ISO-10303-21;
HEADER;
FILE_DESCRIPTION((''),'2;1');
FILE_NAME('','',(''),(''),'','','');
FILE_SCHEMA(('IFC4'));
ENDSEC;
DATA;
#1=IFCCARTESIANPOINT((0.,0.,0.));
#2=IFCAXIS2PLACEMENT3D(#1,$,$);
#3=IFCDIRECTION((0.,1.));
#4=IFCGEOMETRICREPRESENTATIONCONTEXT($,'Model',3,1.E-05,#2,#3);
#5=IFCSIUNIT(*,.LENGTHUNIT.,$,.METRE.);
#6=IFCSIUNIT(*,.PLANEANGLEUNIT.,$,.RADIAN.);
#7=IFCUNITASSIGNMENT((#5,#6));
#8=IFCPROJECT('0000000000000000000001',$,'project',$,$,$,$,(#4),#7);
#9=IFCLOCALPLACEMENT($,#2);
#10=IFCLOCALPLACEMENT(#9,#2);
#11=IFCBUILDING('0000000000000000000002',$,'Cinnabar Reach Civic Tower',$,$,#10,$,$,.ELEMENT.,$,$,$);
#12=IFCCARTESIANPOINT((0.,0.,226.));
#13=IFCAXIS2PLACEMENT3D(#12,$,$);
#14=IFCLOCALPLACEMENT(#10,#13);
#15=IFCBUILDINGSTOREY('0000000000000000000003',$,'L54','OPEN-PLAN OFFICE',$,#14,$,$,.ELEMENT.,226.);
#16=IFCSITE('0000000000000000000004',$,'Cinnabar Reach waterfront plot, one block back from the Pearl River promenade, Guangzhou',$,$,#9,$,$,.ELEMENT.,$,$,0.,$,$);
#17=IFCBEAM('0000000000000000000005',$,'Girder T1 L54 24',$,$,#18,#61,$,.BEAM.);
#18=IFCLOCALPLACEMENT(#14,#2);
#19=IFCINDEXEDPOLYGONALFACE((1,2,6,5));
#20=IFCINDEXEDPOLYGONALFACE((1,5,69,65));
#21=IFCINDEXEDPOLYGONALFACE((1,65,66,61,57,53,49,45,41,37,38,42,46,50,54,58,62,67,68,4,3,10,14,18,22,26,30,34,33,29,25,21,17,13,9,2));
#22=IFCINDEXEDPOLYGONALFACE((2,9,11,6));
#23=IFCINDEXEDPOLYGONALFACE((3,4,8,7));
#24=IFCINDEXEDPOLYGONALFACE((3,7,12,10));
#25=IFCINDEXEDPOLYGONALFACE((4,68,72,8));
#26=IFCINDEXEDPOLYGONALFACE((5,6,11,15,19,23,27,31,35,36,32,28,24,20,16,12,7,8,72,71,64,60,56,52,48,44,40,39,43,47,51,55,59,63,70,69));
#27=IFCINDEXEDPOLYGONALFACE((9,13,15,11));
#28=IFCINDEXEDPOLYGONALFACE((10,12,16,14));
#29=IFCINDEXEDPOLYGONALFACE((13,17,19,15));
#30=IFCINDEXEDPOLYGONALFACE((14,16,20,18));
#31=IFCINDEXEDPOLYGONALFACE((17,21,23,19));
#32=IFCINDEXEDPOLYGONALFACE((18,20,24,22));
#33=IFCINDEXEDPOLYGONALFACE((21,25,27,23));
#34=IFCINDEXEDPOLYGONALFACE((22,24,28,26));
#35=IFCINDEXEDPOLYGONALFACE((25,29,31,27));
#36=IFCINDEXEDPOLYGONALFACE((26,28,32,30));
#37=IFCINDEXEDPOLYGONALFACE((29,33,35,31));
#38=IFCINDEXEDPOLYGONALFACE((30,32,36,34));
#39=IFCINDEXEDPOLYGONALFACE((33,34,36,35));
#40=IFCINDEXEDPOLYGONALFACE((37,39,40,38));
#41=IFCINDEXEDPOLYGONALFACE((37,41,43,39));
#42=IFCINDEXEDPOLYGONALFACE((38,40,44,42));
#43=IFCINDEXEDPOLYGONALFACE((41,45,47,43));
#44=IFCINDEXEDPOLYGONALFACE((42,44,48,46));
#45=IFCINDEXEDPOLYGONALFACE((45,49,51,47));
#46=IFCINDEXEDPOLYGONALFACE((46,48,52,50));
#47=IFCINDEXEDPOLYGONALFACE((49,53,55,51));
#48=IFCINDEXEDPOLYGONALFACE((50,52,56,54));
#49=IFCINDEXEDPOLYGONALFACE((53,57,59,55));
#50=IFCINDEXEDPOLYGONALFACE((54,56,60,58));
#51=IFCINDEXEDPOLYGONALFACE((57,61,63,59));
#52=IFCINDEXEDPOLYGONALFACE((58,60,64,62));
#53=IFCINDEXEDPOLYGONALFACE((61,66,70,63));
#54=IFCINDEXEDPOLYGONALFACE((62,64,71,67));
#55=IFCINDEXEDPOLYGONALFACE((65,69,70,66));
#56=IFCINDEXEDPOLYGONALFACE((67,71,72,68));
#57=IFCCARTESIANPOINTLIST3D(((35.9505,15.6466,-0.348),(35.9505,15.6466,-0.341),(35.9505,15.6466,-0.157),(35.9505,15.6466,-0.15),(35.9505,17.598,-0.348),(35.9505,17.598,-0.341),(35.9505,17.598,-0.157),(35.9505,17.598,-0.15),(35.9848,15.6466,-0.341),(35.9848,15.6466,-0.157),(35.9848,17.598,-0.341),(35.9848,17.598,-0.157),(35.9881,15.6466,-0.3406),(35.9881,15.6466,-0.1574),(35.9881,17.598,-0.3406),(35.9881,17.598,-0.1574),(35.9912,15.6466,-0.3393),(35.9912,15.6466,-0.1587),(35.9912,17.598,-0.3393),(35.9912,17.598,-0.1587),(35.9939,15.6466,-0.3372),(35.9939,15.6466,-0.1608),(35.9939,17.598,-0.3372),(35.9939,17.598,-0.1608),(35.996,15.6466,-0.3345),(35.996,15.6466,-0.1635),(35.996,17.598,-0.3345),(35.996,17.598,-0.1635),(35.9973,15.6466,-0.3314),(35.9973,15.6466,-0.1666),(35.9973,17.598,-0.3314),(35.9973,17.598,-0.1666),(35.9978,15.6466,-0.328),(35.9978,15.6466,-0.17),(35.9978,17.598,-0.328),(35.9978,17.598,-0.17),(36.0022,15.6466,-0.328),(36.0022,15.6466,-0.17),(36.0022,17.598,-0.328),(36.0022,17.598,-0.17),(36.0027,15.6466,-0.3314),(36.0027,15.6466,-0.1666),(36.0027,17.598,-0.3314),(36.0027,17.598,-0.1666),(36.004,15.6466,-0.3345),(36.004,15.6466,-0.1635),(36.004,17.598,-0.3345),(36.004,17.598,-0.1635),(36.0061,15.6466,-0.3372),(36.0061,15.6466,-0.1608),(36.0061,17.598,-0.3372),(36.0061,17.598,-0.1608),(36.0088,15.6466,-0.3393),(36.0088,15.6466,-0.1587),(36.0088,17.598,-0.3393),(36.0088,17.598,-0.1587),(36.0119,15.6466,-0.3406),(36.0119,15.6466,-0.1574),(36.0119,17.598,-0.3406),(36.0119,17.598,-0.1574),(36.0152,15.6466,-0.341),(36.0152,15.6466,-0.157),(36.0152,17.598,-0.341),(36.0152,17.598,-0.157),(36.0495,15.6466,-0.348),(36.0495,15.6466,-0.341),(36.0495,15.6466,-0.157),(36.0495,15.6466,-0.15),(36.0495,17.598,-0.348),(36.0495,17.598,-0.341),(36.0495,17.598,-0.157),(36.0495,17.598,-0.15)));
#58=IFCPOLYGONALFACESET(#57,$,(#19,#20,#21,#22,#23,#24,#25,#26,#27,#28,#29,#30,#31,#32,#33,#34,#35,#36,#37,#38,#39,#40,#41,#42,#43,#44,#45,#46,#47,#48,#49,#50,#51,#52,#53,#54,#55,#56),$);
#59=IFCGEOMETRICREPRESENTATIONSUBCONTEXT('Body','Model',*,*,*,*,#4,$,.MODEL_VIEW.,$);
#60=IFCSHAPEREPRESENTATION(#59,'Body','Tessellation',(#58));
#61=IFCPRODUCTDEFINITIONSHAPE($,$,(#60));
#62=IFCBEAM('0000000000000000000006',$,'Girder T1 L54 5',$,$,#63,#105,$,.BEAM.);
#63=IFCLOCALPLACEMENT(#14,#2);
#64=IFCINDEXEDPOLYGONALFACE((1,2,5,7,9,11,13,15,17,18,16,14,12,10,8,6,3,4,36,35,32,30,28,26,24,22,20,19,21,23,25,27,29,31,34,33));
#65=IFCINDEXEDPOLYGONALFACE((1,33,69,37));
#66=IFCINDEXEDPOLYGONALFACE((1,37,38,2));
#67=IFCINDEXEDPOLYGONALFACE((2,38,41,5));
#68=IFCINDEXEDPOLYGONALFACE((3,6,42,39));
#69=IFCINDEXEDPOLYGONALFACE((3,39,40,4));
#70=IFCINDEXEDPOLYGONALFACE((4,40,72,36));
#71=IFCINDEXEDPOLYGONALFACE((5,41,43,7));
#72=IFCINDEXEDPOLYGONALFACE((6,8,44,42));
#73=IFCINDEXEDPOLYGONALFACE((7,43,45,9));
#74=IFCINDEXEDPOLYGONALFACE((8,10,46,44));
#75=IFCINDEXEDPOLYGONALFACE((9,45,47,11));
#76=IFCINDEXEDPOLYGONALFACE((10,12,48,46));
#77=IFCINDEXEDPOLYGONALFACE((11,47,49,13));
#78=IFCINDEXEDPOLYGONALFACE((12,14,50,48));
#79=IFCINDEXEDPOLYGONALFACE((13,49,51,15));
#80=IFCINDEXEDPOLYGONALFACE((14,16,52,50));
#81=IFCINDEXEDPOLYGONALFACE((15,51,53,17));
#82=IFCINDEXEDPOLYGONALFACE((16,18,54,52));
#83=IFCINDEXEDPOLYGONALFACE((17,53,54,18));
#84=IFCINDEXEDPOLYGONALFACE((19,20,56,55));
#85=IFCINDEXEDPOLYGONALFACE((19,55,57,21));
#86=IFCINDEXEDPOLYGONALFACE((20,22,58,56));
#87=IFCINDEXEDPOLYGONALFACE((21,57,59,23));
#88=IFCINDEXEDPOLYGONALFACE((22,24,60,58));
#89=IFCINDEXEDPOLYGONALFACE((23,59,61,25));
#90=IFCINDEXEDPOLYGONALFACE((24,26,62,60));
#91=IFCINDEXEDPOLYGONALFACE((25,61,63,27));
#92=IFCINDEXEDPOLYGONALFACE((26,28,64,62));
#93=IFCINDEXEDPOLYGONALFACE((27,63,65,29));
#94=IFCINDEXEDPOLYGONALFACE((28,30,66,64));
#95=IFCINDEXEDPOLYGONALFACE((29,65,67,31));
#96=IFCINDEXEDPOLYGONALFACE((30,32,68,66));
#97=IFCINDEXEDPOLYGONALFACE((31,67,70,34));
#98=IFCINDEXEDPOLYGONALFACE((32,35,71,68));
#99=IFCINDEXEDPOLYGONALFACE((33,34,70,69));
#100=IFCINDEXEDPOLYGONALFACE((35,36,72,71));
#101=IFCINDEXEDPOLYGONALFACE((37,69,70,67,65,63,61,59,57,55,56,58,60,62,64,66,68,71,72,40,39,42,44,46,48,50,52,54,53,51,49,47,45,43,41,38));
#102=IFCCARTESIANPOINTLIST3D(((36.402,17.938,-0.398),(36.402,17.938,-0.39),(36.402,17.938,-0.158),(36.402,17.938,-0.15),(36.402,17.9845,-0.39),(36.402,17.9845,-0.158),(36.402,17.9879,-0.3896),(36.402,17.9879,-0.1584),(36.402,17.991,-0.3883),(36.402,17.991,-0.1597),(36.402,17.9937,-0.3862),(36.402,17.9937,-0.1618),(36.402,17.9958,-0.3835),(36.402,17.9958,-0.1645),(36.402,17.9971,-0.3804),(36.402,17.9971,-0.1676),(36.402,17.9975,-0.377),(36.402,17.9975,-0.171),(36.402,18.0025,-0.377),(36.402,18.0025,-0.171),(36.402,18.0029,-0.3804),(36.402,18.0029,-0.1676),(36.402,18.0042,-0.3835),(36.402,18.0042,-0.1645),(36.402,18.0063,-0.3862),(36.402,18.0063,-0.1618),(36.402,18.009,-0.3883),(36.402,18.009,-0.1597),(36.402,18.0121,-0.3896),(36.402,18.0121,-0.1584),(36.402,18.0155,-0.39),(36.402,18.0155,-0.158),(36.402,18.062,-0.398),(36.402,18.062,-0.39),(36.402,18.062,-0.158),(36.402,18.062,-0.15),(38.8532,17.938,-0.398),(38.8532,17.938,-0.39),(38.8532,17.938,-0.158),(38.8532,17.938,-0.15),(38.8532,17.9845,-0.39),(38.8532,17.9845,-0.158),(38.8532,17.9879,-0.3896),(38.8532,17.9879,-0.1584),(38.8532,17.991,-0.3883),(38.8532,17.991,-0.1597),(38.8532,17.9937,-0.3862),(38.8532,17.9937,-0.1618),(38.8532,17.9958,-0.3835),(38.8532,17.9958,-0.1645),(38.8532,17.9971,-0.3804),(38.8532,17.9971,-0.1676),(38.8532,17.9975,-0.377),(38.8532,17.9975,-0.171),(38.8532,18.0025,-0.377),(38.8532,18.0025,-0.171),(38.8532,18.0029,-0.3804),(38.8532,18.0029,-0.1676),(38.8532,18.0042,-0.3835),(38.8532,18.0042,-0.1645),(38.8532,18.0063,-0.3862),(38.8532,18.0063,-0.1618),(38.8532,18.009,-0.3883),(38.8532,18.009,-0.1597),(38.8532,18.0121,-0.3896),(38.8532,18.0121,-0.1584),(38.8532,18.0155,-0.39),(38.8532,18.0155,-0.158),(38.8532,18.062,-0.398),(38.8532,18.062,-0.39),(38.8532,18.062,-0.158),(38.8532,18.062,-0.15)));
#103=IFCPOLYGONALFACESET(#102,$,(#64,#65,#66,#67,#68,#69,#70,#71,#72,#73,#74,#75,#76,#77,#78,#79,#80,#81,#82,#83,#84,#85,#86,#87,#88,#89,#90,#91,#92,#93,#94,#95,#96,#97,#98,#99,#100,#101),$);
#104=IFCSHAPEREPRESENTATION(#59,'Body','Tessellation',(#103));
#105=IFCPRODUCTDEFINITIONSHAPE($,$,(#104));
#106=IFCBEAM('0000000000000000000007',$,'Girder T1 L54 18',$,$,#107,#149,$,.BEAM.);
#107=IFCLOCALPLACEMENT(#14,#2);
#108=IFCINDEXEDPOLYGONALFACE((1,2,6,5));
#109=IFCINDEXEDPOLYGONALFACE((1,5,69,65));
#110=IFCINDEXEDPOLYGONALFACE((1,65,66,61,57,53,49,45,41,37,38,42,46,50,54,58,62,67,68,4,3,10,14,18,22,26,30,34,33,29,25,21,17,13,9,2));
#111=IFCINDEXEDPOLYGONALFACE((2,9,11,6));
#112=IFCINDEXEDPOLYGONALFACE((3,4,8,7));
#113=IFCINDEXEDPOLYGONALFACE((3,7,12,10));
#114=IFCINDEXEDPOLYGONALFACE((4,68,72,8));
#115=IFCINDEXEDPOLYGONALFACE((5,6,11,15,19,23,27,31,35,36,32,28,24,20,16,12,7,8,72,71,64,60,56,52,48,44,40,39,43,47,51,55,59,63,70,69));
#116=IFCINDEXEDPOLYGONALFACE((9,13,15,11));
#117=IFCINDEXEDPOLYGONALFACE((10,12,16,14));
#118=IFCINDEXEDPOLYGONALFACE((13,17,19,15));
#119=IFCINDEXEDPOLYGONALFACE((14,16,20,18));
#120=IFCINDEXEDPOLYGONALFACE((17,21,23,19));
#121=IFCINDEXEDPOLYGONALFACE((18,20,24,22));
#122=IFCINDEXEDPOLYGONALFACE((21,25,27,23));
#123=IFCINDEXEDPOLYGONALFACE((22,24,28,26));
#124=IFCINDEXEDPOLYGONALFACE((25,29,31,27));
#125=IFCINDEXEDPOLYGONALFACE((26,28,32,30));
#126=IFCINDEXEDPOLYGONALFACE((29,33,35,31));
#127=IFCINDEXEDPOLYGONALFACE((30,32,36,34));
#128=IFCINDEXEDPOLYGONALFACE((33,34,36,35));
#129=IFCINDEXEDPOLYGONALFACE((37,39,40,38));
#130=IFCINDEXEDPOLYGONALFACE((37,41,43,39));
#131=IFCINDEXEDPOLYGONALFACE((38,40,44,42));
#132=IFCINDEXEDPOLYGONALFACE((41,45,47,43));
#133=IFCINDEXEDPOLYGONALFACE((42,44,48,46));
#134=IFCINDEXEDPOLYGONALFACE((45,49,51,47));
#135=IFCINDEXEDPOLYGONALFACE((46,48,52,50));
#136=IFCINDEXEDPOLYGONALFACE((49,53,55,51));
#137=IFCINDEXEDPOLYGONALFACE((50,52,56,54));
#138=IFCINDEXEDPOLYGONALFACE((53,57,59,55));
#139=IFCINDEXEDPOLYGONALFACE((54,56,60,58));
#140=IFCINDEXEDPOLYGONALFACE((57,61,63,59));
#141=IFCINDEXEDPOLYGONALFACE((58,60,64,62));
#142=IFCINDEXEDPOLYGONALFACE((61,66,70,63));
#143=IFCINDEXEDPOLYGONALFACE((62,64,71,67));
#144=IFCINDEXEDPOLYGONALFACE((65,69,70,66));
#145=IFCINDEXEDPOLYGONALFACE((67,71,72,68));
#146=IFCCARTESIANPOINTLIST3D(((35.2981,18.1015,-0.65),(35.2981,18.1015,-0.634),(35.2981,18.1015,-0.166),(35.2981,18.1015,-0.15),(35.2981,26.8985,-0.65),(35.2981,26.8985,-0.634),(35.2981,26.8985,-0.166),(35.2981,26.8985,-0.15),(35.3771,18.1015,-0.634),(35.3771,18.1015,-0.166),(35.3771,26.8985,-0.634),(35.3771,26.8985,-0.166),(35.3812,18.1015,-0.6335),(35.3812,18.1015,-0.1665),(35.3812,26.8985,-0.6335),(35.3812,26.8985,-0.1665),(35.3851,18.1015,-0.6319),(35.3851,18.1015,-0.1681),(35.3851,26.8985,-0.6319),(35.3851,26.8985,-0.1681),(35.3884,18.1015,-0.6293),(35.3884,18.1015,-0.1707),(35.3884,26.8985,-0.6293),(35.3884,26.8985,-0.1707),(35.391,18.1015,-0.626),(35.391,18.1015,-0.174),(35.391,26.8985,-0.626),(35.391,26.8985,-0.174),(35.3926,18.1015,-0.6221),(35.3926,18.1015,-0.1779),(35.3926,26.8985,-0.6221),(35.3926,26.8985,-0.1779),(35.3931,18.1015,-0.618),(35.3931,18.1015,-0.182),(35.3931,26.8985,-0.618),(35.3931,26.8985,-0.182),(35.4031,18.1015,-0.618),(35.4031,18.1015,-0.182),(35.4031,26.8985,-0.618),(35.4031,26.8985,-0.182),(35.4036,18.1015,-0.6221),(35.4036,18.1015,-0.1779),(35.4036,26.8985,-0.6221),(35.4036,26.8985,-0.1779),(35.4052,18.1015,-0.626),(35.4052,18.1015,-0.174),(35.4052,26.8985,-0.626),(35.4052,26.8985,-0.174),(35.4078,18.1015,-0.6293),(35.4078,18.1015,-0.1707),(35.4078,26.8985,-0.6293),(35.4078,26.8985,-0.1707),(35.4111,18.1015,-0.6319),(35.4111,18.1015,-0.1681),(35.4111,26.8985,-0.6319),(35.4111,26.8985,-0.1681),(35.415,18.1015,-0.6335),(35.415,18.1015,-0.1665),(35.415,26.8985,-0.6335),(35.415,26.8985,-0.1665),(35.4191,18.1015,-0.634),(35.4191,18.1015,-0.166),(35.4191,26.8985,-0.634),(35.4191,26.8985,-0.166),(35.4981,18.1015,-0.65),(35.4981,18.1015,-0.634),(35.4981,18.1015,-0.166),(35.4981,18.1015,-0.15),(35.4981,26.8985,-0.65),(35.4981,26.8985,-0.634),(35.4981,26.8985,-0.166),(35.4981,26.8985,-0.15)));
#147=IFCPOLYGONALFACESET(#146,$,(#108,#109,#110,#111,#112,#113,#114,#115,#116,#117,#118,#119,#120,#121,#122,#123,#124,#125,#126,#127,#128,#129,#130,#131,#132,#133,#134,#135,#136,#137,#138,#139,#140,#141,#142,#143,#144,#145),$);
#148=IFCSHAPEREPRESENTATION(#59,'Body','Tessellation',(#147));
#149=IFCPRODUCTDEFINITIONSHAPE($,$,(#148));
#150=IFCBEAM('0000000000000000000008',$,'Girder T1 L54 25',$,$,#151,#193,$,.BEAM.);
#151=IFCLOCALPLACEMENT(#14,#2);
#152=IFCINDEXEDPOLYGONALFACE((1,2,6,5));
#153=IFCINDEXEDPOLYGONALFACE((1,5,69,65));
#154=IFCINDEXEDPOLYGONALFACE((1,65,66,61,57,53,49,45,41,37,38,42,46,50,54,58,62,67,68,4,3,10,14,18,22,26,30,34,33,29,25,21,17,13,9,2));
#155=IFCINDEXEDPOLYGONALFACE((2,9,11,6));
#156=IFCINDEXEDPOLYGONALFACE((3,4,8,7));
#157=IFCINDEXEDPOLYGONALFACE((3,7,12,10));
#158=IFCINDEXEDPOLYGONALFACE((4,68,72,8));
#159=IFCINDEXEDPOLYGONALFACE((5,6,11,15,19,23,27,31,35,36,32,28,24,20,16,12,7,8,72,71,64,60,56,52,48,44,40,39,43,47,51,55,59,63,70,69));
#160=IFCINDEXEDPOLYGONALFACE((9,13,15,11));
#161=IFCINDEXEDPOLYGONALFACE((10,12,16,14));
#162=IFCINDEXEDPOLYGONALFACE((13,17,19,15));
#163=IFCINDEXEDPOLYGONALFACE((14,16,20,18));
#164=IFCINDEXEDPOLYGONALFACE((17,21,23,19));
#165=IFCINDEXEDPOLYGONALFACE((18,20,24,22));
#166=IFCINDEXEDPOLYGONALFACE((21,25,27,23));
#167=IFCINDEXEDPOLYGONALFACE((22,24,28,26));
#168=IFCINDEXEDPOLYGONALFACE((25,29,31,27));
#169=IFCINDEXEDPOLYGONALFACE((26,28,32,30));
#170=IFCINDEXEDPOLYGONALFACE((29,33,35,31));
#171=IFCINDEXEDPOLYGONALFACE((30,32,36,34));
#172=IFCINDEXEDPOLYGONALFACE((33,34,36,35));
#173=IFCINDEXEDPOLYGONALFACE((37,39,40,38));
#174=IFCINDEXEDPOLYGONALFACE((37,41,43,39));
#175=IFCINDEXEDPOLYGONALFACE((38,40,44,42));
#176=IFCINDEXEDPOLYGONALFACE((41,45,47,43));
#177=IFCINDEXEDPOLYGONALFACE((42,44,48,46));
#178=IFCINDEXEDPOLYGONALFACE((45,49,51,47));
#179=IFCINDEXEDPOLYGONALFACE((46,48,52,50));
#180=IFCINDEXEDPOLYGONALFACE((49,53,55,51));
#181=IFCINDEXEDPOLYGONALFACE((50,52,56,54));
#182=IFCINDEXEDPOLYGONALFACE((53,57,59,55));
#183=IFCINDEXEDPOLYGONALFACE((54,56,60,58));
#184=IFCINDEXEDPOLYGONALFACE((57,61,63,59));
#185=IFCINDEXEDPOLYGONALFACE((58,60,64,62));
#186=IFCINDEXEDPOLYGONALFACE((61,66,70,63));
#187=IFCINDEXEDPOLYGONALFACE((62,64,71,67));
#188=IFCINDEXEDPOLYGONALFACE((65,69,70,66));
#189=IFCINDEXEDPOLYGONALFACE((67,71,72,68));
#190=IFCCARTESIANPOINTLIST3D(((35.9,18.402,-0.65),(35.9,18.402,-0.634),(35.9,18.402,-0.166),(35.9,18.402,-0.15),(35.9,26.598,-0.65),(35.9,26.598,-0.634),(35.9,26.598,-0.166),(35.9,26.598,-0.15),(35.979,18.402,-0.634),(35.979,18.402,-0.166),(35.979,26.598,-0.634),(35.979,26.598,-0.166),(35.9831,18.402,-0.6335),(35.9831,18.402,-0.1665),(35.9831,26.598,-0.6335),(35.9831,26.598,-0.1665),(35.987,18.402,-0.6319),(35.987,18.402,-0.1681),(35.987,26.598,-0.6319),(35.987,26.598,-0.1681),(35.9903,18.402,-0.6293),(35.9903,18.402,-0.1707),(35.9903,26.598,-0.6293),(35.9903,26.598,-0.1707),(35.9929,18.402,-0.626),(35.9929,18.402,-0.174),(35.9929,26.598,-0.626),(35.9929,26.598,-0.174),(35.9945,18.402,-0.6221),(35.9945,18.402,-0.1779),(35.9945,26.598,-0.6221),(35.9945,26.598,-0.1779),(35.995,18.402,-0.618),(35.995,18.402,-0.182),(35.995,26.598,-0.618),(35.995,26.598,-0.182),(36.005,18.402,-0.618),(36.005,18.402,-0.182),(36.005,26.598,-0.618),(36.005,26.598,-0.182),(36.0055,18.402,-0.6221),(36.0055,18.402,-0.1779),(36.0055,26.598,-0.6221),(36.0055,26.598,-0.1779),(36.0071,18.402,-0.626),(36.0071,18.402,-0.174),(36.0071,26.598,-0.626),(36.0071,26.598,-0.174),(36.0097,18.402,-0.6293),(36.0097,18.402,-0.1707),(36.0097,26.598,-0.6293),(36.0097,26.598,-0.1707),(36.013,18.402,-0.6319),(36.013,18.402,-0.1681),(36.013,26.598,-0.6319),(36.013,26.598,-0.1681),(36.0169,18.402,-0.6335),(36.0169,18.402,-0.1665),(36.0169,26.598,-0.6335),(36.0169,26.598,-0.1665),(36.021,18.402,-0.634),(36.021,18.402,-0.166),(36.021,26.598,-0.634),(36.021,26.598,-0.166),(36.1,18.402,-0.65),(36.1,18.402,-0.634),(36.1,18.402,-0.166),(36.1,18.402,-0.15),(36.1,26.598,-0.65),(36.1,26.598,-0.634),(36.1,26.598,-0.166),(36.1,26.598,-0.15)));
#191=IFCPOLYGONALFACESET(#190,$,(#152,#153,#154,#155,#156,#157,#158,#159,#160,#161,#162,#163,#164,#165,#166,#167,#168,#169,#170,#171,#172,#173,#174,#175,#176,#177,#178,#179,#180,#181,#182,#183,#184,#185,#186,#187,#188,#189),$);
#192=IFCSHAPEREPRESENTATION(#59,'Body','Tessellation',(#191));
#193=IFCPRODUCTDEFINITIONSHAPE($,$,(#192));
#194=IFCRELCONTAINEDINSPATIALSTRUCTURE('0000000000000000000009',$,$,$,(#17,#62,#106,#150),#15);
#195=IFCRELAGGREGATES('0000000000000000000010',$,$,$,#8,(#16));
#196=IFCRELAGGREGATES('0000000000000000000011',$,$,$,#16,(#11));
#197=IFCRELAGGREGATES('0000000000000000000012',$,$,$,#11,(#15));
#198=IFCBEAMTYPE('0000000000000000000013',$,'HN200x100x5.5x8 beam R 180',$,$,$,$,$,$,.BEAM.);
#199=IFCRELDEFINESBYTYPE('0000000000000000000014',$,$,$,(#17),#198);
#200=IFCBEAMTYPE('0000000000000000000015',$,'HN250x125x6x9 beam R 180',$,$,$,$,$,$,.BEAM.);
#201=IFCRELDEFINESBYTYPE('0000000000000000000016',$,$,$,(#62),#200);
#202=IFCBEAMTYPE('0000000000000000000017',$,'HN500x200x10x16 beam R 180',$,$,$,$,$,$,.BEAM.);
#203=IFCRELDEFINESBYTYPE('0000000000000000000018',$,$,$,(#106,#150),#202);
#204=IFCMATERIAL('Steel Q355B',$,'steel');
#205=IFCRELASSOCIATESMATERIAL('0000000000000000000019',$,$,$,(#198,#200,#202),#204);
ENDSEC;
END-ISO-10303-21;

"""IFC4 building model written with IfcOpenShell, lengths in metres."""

from ifc_helpers import new_model, si_unit, direction, frame, origin, origin_2d, place, context, subcontext, project, spatial, i_section, extrude, material, material_profile, profile_set, type_object, element, save


model = new_model("IFC4")

# Units and contexts
model_context = context("Model", 3, precision=1e-05, world=origin(), true_north=direction((0.0, 1.0)))
body_context = subcontext(model_context, "Body", "Model", "MODEL_VIEW")
ifc_project = project(units=[si_unit("LENGTHUNIT", "METRE"), si_unit("PLANEANGLEUNIT", "RADIAN")], contexts=[model_context])

# Site, building, storey
site_placement = place(None, origin())
site = spatial("IfcSite", under=ifc_project, at=site_placement, Name="Cinnabar Reach waterfront plot, one block back from the Pearl River promenade, Guangzhou", CompositionType="ELEMENT", RefElevation=0.0)
building_placement = place(site_placement, origin())
building = spatial("IfcBuilding", under=site, at=building_placement, Name="Cinnabar Reach Civic Tower", CompositionType="ELEMENT")
storey_placement = place(building_placement, frame((0.0, 0.0, 226.0)))
storey = spatial("IfcBuildingStorey", under=building, at=storey_placement, Name="L54", Description="OPEN-PLAN OFFICE", CompositionType="ELEMENT", Elevation=226.0)

# Beams
ifc_material_1 = material(Name="Steel Q355B", Category="steel")
ifc_material_profile_1 = material_profile(ifc_material_1, i_section(OverallWidth=0.099, OverallDepth=0.198, WebThickness=0.0045, FlangeThickness=0.007, FilletRadius=0.013, at=origin_2d()), Name="HN200x100x5.5x8")
ifc_profile_set_1 = profile_set([ifc_material_profile_1], Name="Steel Q355B")
beam_type_1 = type_object("IfcBeamType", Name="HN200x100x5.5x8 beam R 180", PredefinedType="BEAM", material=ifc_profile_set_1)
beam_1_placement = place(storey_placement, frame((36.0, 15.6466, -0.249), z_axis=(0.0, 1.0, 0.0), x_axis=(-1.0, 0.0, 0.0)))
element("IfcBeam", 1, at=beam_1_placement, inside=storey, type_object=beam_type_1, Name="Girder T1 L54 24", PredefinedType="BEAM", context=body_context, shape_type="SweptSolid", body=[
    extrude(i_section(OverallWidth=0.099, OverallDepth=0.198, WebThickness=0.0045, FlangeThickness=0.007, FilletRadius=0.013, at=origin_2d()), origin(), (0.0, 0.0, 1.0), 1.9514),
])
ifc_material_profile_2 = material_profile(ifc_material_1, i_section(OverallWidth=0.124, OverallDepth=0.248, WebThickness=0.005, FlangeThickness=0.008, FilletRadius=0.013, at=origin_2d()), Name="HN250x125x6x9")
ifc_profile_set_2 = profile_set([ifc_material_profile_2], Name="Steel Q355B")
beam_type_2 = type_object("IfcBeamType", Name="HN250x125x6x9 beam R 180", PredefinedType="BEAM", material=ifc_profile_set_2)
beam_2_placement = place(storey_placement, frame((36.402, 18.0, -0.274), z_axis=(1.0, 0.0, 0.0), x_axis=(0.0, 1.0, 0.0)))
element("IfcBeam", 2, at=beam_2_placement, inside=storey, type_object=beam_type_2, Name="Girder T1 L54 5", PredefinedType="BEAM", context=body_context, shape_type="SweptSolid", body=[
    extrude(i_section(OverallWidth=0.124, OverallDepth=0.248, WebThickness=0.005, FlangeThickness=0.008, FilletRadius=0.013, at=origin_2d()), origin(), (0.0, 0.0, 1.0), 2.4512),
])
ifc_material_profile_3 = material_profile(ifc_material_1, i_section(OverallWidth=0.2, OverallDepth=0.5, WebThickness=0.01, FlangeThickness=0.016, FilletRadius=0.016, at=origin_2d()), Name="HN500x200x10x16")
ifc_profile_set_3 = profile_set([ifc_material_profile_3], Name="Steel Q355B")
beam_type_3 = type_object("IfcBeamType", Name="HN500x200x10x16 beam R 180", PredefinedType="BEAM", material=ifc_profile_set_3)
beam_3_placement = place(storey_placement, frame((35.3981, 18.1015, -0.4), z_axis=(0.0, 1.0, 0.0), x_axis=(-1.0, 0.0, 0.0)))
element("IfcBeam", 3, at=beam_3_placement, inside=storey, type_object=beam_type_3, Name="Girder T1 L54 18", PredefinedType="BEAM", context=body_context, shape_type="SweptSolid", body=[
    extrude(i_section(OverallWidth=0.2, OverallDepth=0.5, WebThickness=0.01, FlangeThickness=0.016, FilletRadius=0.016, at=origin_2d()), origin(), (0.0, 0.0, 1.0), 8.797),
])
beam_4_placement = place(storey_placement, frame((36.0, 18.402, -0.4), z_axis=(0.0, 1.0, 0.0), x_axis=(-1.0, 0.0, 0.0)))
element("IfcBeam", 4, at=beam_4_placement, inside=storey, type_object=beam_type_3, Name="Girder T1 L54 25", PredefinedType="BEAM", context=body_context, shape_type="SweptSolid", body=[
    extrude(i_section(OverallWidth=0.2, OverallDepth=0.5, WebThickness=0.01, FlangeThickness=0.016, FilletRadius=0.016, at=origin_2d()), origin(), (0.0, 0.0, 1.0), 8.196),
])

save(model, "model.ifc")
